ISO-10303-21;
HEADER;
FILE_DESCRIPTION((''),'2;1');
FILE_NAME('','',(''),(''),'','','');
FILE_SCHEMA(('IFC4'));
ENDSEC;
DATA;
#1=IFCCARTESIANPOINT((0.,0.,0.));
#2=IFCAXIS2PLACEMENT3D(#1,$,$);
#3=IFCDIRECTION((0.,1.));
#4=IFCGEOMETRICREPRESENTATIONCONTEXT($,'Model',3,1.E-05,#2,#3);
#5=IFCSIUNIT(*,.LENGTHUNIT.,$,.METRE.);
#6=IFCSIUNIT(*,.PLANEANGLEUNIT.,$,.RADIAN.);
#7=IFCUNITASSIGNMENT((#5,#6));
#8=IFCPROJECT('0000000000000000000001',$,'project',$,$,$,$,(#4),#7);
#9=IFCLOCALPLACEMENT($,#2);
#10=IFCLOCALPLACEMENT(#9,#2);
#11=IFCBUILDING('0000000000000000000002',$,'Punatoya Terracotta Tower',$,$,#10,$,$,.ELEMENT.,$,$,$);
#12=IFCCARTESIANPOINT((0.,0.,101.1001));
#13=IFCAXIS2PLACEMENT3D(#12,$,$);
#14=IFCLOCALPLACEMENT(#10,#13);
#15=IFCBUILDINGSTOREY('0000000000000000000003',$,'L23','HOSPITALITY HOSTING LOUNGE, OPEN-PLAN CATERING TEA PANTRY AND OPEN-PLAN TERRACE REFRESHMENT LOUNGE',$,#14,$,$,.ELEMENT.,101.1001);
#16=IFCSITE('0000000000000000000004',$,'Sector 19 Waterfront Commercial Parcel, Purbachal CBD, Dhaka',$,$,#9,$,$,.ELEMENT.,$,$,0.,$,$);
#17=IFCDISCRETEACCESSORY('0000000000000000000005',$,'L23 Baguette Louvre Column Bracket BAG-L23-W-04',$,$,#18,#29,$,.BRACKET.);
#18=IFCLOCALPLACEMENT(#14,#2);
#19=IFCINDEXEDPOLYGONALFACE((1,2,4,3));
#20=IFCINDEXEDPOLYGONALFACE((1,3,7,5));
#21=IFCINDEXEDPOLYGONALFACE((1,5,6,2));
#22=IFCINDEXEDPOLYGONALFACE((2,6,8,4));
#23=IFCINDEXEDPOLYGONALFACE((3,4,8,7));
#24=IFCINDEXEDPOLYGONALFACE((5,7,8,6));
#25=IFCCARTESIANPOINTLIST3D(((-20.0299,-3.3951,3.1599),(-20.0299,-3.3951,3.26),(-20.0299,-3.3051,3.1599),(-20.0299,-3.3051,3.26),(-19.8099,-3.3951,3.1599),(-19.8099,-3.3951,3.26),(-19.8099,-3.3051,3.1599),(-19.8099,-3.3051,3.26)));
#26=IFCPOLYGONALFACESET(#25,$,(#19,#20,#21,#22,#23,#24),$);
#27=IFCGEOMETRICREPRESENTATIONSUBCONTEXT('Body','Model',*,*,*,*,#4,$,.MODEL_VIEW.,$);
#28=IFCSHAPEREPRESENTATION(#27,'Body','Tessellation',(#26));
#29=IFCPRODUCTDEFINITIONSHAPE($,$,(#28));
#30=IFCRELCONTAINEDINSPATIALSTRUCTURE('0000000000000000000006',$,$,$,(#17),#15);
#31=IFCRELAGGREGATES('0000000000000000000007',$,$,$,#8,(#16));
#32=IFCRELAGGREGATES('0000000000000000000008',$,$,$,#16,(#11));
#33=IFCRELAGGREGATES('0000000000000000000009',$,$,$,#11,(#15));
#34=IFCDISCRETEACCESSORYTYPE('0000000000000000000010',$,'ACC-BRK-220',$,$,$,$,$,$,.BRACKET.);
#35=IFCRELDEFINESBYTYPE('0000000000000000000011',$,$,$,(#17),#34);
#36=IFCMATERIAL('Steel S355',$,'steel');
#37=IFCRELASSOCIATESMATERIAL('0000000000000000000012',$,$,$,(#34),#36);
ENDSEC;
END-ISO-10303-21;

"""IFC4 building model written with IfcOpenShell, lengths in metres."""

from ifc_helpers import new_model, si_unit, direction, frame, origin, origin_2d, place, context, subcontext, project, spatial, rectangle, extrude, material, type_object, element, save


model = new_model("IFC4")

# Units and contexts
model_context = context("Model", 3, precision=1e-05, world=origin(), true_north=direction((0.0, 1.0)))
body_context = subcontext(model_context, "Body", "Model", "MODEL_VIEW")
ifc_project = project(units=[si_unit("LENGTHUNIT", "METRE"), si_unit("PLANEANGLEUNIT", "RADIAN")], contexts=[model_context])

# Site, building, storey
site_placement = place(None, origin())
site = spatial("IfcSite", under=ifc_project, at=site_placement, Name="Sector 19 Waterfront Commercial Parcel, Purbachal CBD, Dhaka", CompositionType="ELEMENT", RefElevation=0.0)
building_placement = place(site_placement, origin())
building = spatial("IfcBuilding", under=site, at=building_placement, Name="Punatoya Terracotta Tower", CompositionType="ELEMENT")
storey_placement = place(building_placement, frame((0.0, 0.0, 101.1001)))
storey = spatial("IfcBuildingStorey", under=building, at=storey_placement, Name="L23", Description="HOSPITALITY HOSTING LOUNGE, OPEN-PLAN CATERING TEA PANTRY AND OPEN-PLAN TERRACE REFRESHMENT LOUNGE", CompositionType="ELEMENT", Elevation=101.1001)

# Shared definitions
ifc_material_1 = material(Name="Steel S355", Category="steel")

# Discrete accessory
discrete_accessory_type = type_object("IfcDiscreteAccessoryType", Name="ACC-BRK-220", PredefinedType="BRACKET", material=ifc_material_1)
for number, where, z_axis, x_axis, name in (
    (1, (-19.9199, -3.3501, 3.1599), (0.0, 0.0, 1.0), (0.0, 1.0, 0.0), "L23 Baguette Louvre Column Bracket BAG-L23-W-04"),
):
    element("IfcDiscreteAccessory", number, at=place(storey_placement, frame(where, z_axis=z_axis, x_axis=x_axis)), inside=storey, type_object=discrete_accessory_type, Name=name, PredefinedType="BRACKET", context=body_context, shape_type="SweptSolid", body=[
        extrude(rectangle(XDim=0.0901, YDim=0.22, at=origin_2d()), origin(), (0.0, 0.0, 1.0), 0.1001),
    ])

save(model, "model.ifc")
